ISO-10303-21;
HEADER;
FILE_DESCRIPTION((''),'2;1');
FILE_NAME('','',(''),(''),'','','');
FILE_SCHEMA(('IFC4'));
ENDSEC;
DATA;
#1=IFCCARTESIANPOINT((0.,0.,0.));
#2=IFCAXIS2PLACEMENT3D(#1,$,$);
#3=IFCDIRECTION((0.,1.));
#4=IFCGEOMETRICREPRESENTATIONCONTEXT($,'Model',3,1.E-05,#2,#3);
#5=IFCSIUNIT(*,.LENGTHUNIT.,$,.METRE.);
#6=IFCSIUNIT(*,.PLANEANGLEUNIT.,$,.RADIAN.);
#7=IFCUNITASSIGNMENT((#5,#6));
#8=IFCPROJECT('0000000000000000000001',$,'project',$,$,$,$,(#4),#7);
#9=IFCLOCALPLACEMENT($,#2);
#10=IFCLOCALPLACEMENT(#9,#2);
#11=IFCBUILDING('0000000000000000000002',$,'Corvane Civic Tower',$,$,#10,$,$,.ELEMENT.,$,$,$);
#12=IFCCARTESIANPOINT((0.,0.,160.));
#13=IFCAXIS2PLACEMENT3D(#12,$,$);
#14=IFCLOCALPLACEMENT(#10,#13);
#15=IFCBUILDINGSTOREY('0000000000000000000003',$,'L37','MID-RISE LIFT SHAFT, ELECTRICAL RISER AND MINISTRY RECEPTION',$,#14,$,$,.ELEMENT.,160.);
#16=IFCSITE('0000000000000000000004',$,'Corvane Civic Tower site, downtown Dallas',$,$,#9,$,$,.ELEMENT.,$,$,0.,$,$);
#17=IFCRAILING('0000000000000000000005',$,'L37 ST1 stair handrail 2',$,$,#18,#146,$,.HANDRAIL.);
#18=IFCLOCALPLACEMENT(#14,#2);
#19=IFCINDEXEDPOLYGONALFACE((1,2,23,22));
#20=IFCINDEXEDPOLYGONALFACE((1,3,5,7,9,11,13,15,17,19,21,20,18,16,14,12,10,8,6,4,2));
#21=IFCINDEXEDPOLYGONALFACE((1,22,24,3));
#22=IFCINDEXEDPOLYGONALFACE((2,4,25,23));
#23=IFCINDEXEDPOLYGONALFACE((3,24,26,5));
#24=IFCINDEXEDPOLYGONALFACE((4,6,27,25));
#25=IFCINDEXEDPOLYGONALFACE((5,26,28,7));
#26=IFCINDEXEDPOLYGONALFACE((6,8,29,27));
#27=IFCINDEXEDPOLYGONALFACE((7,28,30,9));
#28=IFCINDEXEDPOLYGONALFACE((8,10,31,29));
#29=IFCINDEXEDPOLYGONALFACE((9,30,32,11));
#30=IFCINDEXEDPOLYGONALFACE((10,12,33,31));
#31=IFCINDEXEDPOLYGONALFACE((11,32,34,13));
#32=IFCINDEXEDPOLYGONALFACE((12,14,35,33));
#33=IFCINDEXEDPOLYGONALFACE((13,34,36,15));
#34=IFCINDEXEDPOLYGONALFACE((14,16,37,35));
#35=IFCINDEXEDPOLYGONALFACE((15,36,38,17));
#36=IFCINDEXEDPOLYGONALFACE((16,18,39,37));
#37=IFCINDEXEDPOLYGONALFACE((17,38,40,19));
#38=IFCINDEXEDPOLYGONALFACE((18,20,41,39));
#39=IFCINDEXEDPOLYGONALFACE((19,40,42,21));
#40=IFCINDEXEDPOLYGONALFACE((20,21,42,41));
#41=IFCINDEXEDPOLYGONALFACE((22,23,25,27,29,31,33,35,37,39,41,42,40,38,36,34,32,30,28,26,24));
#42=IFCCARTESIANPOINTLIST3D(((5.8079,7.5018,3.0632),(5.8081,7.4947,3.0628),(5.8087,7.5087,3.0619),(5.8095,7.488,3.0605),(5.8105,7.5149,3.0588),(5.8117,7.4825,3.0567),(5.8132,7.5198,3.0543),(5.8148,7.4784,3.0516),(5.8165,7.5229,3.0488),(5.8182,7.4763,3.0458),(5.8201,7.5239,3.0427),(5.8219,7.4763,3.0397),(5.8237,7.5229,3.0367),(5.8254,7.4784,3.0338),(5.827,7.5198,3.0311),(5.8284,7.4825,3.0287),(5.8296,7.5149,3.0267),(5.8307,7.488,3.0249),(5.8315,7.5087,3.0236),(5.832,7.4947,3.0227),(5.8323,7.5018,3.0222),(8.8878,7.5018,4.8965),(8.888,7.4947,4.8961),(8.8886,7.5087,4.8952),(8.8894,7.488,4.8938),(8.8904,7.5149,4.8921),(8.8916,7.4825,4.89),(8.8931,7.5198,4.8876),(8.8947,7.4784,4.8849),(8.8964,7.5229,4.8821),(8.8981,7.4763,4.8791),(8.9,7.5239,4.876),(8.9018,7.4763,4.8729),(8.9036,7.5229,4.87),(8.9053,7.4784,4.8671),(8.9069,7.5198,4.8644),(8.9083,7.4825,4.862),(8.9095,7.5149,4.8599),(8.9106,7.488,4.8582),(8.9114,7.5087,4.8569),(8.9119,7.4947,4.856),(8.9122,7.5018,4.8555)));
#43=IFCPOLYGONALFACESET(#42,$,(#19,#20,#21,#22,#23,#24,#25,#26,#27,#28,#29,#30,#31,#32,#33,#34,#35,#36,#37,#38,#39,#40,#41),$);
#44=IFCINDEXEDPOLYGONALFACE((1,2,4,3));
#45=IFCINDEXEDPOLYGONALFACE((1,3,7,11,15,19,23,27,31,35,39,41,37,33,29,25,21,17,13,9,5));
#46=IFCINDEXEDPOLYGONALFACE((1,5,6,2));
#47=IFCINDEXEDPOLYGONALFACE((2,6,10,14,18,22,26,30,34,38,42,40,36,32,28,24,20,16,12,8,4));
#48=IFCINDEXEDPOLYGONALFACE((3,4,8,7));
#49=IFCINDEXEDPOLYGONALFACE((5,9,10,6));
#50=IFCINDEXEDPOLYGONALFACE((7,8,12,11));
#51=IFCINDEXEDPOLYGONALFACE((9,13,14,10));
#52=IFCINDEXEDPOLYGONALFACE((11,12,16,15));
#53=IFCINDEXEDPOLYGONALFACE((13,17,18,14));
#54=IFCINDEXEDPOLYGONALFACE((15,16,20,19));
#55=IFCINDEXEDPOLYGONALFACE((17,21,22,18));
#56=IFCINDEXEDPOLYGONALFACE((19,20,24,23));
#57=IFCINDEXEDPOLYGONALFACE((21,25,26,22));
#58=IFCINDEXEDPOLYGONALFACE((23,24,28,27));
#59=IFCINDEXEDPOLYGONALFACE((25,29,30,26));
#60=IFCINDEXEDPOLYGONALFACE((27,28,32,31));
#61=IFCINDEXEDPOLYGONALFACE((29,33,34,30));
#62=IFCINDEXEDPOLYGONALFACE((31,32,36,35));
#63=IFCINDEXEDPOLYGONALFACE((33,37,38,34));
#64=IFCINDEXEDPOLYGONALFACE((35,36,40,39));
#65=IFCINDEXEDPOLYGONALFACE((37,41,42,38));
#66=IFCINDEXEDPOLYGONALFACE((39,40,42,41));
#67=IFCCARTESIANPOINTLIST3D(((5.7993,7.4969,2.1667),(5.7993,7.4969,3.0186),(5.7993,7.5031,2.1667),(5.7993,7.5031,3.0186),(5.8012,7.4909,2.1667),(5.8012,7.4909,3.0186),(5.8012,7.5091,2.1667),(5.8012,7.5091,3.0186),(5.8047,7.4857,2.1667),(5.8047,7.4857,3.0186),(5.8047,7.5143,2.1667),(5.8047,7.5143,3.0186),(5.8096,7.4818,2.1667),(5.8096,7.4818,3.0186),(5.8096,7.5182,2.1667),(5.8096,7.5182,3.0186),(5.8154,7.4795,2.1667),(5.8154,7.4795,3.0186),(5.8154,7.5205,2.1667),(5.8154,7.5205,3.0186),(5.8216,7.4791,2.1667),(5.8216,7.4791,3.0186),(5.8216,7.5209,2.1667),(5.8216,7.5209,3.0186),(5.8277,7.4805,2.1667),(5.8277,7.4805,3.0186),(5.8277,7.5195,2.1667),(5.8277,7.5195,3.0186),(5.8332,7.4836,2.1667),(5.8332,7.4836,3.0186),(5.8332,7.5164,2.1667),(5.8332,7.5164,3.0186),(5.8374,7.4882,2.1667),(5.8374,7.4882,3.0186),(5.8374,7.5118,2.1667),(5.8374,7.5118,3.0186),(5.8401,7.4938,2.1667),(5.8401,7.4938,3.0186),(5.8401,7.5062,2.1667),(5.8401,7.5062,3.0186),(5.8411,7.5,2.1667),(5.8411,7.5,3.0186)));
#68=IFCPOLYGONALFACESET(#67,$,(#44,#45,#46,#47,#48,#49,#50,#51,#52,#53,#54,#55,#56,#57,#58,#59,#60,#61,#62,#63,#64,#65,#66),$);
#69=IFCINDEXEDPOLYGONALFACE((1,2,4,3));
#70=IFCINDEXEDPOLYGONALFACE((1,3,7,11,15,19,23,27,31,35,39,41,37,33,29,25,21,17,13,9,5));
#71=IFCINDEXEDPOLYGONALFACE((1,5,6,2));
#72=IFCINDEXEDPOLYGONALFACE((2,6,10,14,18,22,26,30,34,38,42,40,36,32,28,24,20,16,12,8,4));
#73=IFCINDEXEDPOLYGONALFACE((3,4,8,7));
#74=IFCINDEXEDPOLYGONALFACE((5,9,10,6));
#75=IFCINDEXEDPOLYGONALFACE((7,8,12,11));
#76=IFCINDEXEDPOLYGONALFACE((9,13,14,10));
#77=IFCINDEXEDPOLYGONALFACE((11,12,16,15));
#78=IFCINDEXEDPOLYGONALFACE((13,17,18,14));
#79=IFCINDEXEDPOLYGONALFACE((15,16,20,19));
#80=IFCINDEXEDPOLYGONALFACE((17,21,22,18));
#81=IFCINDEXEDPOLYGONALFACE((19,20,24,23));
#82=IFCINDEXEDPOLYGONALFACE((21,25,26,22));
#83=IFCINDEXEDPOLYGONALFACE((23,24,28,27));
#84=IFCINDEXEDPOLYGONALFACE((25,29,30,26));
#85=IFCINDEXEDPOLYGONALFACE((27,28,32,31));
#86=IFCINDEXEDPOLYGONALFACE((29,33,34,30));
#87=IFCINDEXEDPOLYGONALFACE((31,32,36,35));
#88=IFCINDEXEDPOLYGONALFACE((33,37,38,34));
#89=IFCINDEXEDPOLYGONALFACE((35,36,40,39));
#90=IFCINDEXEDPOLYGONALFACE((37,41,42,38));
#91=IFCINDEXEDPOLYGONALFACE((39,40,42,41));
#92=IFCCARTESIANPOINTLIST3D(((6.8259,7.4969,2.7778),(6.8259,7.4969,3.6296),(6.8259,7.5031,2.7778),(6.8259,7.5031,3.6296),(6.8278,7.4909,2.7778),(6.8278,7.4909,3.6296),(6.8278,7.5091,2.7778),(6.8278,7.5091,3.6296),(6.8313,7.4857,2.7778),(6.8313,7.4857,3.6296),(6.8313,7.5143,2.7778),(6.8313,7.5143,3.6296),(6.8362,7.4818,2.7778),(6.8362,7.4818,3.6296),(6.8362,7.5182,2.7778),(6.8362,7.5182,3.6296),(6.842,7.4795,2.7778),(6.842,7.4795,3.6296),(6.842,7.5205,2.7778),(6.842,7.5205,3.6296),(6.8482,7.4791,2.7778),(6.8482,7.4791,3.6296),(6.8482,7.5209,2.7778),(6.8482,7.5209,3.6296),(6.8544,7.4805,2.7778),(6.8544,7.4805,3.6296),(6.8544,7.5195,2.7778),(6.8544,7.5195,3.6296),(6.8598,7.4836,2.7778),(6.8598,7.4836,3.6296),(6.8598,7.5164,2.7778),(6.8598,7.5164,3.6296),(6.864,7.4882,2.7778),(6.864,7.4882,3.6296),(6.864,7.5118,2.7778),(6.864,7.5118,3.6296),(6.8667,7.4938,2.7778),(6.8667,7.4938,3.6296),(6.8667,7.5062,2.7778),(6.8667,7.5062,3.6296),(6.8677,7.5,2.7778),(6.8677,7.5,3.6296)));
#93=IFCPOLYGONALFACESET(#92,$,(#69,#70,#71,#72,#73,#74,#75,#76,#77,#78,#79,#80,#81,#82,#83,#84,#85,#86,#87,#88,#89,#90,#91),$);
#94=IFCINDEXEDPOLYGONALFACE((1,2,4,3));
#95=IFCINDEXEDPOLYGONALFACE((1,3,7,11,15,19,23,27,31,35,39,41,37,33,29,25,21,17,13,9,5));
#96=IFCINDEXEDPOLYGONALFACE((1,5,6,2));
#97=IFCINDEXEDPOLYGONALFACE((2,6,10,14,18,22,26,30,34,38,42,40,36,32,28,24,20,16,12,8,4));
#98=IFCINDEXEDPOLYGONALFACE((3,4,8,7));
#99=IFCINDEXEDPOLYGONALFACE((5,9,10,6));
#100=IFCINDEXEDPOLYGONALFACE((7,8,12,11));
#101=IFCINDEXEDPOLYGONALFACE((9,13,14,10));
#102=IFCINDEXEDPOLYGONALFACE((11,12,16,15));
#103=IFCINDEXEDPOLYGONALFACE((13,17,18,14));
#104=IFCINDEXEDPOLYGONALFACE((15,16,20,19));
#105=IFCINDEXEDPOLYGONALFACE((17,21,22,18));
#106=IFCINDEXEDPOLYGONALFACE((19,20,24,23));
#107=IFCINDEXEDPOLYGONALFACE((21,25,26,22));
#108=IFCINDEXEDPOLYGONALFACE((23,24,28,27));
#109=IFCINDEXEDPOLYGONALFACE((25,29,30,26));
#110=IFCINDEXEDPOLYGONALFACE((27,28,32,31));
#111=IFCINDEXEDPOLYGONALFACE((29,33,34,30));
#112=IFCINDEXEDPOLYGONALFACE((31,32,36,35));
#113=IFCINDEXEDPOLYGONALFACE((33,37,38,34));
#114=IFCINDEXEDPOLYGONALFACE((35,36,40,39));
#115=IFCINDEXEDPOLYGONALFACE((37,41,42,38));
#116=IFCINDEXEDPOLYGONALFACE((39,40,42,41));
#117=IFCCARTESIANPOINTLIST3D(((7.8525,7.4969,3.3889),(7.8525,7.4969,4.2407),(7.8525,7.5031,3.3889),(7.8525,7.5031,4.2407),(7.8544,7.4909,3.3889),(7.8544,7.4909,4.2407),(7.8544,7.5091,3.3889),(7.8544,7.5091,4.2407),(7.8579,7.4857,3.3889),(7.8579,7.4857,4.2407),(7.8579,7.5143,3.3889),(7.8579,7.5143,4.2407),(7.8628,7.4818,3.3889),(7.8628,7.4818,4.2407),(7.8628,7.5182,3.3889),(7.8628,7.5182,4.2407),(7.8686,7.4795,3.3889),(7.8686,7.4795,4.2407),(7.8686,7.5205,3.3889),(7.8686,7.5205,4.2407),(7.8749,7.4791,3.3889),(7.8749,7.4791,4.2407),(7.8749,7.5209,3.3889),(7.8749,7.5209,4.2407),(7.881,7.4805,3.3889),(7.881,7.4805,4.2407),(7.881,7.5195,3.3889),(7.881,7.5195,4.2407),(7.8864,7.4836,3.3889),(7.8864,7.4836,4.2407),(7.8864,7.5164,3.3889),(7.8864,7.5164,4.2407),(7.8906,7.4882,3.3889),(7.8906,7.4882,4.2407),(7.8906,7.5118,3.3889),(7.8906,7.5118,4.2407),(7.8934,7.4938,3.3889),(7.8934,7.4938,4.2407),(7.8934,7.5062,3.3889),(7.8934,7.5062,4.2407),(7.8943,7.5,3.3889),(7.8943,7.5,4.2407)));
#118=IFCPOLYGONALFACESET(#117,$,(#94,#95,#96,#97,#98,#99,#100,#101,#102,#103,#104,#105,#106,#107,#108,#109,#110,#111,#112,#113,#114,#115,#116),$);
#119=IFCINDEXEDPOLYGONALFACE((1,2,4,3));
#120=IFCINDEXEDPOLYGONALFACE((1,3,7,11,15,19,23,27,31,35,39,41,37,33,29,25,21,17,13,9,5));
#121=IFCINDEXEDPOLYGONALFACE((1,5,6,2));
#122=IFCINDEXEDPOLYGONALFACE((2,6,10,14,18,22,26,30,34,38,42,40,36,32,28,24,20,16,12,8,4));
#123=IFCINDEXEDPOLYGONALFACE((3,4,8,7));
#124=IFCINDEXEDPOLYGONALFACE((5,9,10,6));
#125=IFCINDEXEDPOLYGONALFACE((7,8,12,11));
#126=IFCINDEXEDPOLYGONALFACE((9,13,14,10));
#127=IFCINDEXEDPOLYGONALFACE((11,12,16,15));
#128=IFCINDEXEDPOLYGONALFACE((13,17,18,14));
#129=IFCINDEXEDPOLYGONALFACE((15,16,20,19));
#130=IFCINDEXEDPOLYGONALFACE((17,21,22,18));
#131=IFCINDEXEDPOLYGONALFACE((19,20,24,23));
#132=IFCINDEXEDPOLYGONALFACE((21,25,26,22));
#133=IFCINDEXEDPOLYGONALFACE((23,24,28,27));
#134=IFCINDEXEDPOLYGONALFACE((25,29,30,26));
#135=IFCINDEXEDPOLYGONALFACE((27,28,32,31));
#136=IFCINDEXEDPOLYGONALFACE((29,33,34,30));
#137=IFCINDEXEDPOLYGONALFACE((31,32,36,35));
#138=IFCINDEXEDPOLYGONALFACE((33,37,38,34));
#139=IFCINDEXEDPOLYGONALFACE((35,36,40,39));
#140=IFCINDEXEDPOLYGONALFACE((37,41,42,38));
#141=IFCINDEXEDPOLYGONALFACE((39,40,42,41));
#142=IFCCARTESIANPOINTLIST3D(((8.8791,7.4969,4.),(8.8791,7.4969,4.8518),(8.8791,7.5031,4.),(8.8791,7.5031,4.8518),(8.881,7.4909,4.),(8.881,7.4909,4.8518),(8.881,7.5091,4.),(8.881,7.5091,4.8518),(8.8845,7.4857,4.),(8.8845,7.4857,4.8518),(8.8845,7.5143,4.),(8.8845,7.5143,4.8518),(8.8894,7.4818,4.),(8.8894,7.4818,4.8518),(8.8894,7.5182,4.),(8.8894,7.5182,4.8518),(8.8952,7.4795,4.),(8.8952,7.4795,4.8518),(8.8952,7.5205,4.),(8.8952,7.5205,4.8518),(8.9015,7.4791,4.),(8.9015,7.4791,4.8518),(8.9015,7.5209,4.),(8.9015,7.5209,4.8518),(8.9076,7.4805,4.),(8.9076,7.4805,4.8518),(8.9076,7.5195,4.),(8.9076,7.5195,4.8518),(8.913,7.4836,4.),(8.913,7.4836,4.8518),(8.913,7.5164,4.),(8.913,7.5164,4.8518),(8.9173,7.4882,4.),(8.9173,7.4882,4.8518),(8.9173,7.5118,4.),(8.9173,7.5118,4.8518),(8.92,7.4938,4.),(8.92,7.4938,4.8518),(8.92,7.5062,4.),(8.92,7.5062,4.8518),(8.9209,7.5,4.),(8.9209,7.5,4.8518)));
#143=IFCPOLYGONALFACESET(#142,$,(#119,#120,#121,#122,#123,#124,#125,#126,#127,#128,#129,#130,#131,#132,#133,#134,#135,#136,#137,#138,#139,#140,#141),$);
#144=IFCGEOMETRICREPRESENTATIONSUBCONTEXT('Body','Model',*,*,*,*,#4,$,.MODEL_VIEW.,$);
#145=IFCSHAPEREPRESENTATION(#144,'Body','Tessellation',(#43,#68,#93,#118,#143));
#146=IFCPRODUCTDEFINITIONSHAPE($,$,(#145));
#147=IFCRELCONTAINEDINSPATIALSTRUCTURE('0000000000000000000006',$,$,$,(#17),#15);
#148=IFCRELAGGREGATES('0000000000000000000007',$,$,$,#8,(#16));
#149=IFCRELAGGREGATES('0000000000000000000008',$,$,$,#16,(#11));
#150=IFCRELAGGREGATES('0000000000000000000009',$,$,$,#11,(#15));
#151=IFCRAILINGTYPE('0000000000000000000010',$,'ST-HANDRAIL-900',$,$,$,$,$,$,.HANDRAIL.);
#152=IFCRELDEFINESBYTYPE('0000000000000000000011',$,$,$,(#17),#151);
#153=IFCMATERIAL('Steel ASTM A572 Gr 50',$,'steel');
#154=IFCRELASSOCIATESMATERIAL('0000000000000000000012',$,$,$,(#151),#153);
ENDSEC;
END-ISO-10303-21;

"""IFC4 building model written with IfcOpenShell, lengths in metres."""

from ifc_helpers import new_model, si_unit, direction, frame, origin, origin_2d, place, context, subcontext, project, spatial, circle, extrude, material, type_object, element, save


model = new_model("IFC4")

# Units and contexts
model_context = context("Model", 3, precision=1e-05, world=origin(), true_north=direction((0.0, 1.0)))
body_context = subcontext(model_context, "Body", "Model", "MODEL_VIEW")
ifc_project = project(units=[si_unit("LENGTHUNIT", "METRE"), si_unit("PLANEANGLEUNIT", "RADIAN")], contexts=[model_context])

# Site, building, storey
site_placement = place(None, origin())
site = spatial("IfcSite", under=ifc_project, at=site_placement, Name="Corvane Civic Tower site, downtown Dallas", CompositionType="ELEMENT", RefElevation=0.0)
building_placement = place(site_placement, origin())
building = spatial("IfcBuilding", under=site, at=building_placement, Name="Corvane Civic Tower", CompositionType="ELEMENT")
storey_placement = place(building_placement, frame((0.0, 0.0, 160.0)))
storey = spatial("IfcBuildingStorey", under=building, at=storey_placement, Name="L37", Description="MID-RISE LIFT SHAFT, ELECTRICAL RISER AND MINISTRY RECEPTION", CompositionType="ELEMENT", Elevation=160.0)

# Railing
ifc_material_1 = material(Name="Steel ASTM A572 Gr 50", Category="steel")
railing_type = type_object("IfcRailingType", Name="ST-HANDRAIL-900", PredefinedType="HANDRAIL", material=ifc_material_1)
railing_placement = place(storey_placement, frame((5.8201, 7.5, 2.1667)))
element("IfcRailing", 1, at=railing_placement, inside=storey, type_object=railing_type, Name="L37 ST1 stair handrail 2", PredefinedType="HANDRAIL", context=body_context, shape_type="SweptSolid", body=[
    extrude(circle(Radius=0.0239, at=origin_2d()), frame((0.0, 0.0, 0.876), z_axis=(0.859291, 0.0, 0.511487), x_axis=(0.0, 1.0, 0.0)), (0.0, 0.0, 1.0), 3.5842),
    extrude(circle(Radius=0.021, at=origin_2d()), origin(), (0.0, 0.0, 1.0), 0.8518),
    extrude(circle(Radius=0.021, at=origin_2d()), frame((1.0266, 0.0, 0.6111)), (0.0, 0.0, 1.0), 0.8518),
    extrude(circle(Radius=0.021, at=origin_2d()), frame((2.0532, 0.0, 1.2222)), (0.0, 0.0, 1.0), 0.8518),
    extrude(circle(Radius=0.021, at=origin_2d()), frame((3.0798, 0.0, 1.8333)), (0.0, 0.0, 1.0), 0.8518),
])

save(model, "model.ifc")
